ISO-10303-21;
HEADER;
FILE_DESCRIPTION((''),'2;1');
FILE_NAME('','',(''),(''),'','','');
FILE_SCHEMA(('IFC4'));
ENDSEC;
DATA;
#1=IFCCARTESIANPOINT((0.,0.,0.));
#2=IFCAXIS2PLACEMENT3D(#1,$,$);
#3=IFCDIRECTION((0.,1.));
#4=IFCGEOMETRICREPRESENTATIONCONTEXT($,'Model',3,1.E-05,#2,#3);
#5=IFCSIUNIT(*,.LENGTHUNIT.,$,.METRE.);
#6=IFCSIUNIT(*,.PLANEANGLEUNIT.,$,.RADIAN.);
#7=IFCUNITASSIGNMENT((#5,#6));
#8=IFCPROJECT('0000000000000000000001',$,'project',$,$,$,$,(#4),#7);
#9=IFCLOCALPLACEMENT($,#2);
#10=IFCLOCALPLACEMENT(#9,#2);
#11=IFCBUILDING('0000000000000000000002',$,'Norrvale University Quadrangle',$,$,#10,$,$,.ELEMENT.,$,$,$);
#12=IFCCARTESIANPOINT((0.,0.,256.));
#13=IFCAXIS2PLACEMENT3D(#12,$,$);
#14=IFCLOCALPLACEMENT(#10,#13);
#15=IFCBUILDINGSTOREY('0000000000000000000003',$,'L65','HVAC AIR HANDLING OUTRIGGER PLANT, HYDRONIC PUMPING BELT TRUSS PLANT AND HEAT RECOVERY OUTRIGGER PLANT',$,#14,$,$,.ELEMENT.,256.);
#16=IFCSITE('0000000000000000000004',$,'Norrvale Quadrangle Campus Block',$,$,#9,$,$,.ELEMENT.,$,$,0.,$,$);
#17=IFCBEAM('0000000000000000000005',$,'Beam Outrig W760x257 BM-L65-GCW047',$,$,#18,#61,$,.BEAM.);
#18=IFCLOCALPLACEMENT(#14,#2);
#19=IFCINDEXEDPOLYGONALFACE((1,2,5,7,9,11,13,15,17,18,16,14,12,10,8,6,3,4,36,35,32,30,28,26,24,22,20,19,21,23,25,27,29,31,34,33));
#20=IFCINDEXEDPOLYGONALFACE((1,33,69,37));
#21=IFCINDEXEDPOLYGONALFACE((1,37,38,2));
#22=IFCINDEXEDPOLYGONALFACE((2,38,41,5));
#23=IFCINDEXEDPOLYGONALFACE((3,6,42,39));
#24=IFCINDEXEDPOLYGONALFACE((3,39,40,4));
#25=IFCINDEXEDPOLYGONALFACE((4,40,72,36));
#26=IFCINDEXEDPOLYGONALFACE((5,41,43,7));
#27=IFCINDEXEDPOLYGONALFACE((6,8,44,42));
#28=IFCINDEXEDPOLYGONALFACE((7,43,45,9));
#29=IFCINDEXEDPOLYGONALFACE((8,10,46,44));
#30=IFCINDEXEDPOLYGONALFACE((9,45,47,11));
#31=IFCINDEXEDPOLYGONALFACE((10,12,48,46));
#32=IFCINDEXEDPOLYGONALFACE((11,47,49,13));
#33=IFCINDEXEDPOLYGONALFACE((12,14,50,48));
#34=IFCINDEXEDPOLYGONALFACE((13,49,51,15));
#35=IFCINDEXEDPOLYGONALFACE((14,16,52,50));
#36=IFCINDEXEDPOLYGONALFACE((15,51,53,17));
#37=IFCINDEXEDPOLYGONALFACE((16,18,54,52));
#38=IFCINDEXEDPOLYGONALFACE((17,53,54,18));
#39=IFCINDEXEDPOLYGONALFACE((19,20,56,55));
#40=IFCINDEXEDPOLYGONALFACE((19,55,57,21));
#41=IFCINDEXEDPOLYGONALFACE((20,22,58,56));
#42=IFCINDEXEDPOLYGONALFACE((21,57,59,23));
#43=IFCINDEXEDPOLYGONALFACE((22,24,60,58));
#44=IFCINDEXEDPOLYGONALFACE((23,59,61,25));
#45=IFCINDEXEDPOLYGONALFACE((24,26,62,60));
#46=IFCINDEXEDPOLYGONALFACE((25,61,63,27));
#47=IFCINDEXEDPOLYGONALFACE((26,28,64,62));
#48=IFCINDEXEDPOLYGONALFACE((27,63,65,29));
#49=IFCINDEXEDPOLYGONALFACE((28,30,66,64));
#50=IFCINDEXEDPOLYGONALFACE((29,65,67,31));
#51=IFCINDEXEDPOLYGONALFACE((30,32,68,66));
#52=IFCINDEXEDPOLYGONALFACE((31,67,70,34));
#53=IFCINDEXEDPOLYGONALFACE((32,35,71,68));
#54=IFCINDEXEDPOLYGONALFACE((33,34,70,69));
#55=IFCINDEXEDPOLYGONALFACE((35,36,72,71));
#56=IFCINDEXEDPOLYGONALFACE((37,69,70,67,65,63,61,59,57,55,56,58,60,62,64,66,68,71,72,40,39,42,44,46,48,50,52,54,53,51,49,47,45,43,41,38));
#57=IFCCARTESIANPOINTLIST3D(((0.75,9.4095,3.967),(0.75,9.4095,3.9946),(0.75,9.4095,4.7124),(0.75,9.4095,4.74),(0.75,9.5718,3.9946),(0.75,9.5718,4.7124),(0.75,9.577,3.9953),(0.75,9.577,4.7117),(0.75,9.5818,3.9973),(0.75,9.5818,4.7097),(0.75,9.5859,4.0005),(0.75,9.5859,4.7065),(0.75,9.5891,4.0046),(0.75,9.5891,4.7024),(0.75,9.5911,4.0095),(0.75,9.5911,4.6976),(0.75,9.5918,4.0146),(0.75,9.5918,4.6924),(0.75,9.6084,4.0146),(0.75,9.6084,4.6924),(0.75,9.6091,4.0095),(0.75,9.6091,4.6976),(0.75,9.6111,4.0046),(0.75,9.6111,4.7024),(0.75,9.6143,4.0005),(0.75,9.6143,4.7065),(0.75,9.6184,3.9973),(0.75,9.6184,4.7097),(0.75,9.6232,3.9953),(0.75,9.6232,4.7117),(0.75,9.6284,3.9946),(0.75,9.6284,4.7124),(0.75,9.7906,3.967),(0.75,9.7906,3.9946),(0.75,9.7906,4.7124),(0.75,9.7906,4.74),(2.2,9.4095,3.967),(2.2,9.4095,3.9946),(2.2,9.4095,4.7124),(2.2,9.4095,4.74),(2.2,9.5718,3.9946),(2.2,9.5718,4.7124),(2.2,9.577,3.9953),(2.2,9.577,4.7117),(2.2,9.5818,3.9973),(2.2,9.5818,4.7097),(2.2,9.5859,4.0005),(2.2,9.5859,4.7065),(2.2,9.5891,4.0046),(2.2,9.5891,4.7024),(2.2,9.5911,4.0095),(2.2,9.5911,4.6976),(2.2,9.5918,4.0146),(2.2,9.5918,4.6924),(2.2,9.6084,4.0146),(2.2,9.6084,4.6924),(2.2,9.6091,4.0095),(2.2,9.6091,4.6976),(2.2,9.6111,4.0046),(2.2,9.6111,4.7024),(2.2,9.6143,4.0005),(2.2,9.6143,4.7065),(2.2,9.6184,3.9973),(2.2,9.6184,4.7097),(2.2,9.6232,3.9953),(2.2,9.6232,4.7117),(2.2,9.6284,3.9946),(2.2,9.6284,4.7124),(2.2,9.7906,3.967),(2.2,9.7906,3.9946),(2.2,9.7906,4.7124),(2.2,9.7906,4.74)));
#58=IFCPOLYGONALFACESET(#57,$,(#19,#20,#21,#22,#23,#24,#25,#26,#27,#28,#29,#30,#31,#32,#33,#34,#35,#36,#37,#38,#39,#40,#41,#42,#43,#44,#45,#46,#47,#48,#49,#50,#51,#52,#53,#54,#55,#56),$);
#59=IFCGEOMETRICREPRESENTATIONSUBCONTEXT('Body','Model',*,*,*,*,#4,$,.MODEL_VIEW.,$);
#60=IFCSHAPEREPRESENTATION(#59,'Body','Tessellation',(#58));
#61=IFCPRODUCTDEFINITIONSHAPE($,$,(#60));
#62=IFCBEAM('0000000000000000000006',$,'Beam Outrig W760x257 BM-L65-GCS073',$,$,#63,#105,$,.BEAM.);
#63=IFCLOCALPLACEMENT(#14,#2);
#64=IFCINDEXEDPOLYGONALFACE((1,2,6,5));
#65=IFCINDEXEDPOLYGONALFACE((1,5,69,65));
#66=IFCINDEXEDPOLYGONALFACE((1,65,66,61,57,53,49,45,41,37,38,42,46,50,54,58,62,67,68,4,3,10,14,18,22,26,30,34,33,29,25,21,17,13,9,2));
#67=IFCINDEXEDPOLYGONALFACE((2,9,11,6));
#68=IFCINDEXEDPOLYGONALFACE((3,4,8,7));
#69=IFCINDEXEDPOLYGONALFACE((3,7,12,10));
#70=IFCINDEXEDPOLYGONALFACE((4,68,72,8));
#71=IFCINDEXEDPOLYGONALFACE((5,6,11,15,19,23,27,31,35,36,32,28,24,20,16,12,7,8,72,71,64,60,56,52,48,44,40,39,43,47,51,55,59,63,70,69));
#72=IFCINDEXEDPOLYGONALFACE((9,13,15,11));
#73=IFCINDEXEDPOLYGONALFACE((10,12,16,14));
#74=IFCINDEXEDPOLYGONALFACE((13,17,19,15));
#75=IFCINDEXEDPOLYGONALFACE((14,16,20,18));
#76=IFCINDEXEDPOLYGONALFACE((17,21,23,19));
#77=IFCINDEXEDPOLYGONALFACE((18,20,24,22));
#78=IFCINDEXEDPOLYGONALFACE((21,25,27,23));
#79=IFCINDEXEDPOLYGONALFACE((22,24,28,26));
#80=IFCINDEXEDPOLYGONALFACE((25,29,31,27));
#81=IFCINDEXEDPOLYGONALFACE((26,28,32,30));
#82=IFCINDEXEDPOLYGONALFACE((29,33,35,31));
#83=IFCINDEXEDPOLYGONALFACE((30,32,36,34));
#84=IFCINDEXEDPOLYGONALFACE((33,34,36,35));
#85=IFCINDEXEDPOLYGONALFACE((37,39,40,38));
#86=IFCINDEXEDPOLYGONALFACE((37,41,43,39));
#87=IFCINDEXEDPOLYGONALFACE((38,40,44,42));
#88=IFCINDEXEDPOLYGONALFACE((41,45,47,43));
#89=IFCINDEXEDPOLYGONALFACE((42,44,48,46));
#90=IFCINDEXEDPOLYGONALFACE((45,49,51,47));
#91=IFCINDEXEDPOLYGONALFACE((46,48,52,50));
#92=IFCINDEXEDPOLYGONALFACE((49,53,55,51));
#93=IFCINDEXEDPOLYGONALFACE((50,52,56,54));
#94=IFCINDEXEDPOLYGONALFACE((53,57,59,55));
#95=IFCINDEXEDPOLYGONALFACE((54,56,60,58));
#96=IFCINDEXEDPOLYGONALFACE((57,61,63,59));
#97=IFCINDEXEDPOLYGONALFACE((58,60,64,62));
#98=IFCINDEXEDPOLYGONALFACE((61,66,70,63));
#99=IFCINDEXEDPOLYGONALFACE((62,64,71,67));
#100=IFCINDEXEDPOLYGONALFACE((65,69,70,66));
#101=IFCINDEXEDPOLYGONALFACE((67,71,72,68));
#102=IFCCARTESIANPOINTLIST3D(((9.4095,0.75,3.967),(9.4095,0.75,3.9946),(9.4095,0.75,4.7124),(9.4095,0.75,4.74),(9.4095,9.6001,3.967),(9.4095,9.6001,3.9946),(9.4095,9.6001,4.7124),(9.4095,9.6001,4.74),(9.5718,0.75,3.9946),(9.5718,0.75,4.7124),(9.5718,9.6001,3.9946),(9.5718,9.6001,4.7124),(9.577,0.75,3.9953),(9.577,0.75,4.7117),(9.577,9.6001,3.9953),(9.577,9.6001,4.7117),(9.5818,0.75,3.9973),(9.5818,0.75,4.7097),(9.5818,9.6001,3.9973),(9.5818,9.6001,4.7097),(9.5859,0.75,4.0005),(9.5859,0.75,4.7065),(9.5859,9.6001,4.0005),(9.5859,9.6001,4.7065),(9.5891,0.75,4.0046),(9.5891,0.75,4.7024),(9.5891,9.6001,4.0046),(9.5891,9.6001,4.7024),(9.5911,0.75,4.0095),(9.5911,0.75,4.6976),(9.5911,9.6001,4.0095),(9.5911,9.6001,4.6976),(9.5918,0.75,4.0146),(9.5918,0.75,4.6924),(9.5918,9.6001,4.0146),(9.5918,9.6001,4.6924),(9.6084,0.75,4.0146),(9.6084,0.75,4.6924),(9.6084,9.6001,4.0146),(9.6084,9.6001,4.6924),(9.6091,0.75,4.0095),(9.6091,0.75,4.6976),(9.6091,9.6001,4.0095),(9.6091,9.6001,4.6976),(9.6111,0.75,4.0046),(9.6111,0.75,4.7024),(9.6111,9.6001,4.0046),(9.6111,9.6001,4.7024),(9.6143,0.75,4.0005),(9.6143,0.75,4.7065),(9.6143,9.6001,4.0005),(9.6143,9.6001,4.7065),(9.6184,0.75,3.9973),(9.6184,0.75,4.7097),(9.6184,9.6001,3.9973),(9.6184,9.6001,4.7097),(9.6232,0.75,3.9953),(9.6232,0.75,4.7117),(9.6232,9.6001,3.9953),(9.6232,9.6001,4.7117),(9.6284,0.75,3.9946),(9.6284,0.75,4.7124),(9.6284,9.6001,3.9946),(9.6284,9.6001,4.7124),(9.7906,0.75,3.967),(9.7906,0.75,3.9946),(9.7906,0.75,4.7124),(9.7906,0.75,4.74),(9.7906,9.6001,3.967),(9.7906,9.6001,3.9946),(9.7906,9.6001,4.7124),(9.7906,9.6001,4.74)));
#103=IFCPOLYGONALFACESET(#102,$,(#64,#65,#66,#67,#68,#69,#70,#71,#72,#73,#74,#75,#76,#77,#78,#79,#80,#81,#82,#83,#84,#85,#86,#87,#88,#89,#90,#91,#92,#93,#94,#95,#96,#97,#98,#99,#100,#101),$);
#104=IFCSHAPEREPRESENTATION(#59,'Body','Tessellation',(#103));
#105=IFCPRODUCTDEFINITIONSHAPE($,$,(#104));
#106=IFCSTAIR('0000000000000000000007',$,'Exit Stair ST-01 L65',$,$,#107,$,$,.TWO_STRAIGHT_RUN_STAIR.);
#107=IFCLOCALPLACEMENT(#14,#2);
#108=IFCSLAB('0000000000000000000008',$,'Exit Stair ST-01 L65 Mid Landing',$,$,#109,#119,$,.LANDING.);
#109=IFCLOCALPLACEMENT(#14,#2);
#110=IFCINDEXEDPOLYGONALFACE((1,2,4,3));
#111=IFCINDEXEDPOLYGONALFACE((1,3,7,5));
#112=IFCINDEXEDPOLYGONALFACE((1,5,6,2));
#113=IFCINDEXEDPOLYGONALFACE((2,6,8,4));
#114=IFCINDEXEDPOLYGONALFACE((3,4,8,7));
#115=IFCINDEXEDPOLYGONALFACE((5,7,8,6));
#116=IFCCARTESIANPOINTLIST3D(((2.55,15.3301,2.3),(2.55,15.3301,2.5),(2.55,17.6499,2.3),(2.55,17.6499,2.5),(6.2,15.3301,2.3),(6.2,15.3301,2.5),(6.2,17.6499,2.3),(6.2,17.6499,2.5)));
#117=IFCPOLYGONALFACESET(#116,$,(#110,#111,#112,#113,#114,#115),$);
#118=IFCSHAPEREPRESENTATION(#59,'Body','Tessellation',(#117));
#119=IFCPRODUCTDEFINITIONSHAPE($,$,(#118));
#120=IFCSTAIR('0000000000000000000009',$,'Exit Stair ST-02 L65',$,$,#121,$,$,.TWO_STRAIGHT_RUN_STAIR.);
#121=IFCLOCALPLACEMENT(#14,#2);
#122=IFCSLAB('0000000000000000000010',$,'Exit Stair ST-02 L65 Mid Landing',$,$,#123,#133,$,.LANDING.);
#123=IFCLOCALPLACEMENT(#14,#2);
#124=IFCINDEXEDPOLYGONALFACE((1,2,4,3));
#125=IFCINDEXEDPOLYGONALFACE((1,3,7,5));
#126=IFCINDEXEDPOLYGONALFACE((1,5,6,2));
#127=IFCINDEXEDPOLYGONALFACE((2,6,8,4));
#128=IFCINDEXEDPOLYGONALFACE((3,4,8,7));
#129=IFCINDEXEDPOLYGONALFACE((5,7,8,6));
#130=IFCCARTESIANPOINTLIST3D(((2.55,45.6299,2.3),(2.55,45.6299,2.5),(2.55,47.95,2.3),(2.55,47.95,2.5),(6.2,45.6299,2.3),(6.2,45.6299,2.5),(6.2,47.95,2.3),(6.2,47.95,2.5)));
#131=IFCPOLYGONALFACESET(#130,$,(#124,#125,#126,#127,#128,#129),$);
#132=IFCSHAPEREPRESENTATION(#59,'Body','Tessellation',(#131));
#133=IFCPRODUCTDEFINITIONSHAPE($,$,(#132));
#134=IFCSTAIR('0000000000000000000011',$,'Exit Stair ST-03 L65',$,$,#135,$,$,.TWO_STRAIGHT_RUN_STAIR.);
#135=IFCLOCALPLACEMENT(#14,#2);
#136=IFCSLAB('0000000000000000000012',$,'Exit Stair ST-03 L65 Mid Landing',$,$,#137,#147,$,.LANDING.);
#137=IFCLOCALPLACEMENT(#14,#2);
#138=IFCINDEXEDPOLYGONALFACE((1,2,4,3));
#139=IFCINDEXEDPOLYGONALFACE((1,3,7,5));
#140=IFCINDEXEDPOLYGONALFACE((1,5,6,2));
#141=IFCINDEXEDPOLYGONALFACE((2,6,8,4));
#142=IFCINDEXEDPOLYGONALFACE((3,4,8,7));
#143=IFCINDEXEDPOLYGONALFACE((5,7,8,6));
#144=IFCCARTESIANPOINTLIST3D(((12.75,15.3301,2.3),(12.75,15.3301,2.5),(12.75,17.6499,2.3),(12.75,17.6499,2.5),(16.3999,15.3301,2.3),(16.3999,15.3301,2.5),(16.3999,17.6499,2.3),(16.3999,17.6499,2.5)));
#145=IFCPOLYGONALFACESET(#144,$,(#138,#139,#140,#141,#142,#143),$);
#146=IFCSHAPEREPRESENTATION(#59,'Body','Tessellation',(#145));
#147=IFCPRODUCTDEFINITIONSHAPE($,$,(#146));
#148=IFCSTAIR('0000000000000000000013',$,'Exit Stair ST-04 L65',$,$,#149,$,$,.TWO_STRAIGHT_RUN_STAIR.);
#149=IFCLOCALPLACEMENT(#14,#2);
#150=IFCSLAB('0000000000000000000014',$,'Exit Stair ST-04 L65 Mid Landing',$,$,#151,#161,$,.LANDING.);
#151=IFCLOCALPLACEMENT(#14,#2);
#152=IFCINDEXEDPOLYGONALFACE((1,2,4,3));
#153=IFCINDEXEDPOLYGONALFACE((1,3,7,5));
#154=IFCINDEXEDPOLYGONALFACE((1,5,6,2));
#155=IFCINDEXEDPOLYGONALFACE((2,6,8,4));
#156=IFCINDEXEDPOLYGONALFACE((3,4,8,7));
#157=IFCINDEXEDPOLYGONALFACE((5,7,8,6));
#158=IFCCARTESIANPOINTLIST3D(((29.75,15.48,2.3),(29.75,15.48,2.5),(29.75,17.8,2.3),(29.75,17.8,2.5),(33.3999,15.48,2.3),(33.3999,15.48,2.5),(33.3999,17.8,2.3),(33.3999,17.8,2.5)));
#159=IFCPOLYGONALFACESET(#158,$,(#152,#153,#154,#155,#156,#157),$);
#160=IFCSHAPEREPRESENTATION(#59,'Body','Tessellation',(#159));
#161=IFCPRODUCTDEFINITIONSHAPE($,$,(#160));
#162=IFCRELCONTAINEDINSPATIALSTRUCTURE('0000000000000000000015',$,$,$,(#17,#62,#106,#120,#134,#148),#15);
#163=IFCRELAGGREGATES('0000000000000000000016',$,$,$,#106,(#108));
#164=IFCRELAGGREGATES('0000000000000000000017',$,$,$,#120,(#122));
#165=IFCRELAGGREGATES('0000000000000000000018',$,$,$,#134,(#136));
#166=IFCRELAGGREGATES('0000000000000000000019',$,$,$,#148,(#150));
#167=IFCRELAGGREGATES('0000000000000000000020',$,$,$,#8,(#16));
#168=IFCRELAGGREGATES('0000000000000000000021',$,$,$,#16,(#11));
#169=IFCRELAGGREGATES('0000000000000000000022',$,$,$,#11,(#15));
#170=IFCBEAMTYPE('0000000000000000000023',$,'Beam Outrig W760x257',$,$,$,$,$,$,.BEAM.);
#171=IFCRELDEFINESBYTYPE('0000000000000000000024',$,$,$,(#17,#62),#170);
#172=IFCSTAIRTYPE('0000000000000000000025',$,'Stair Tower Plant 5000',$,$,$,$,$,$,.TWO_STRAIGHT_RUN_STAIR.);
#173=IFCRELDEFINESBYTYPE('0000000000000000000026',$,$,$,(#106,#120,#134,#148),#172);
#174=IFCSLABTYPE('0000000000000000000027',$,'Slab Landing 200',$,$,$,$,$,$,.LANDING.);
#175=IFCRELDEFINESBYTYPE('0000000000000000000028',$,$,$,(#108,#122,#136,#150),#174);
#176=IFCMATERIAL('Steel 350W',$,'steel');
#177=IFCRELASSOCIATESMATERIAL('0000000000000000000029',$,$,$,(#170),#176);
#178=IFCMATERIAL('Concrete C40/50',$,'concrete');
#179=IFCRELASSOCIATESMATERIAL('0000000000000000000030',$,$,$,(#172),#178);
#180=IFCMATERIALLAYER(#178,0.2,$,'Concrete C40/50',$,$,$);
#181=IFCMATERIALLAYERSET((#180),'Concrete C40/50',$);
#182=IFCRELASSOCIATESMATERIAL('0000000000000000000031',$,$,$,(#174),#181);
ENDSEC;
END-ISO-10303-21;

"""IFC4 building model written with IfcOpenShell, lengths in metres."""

from ifc_helpers import new_model, si_unit, direction, frame, origin, origin_2d, place, context, subcontext, project, spatial, polyline, i_section, outline, extrude, material, layer, layer_set, material_profile, profile_set, type_object, element, aggregate, save


model = new_model("IFC4")

# Units and contexts
model_context = context("Model", 3, precision=1e-05, world=origin(), true_north=direction((0.0, 1.0)))
body_context = subcontext(model_context, "Body", "Model", "MODEL_VIEW")
ifc_project = project(units=[si_unit("LENGTHUNIT", "METRE"), si_unit("PLANEANGLEUNIT", "RADIAN")], contexts=[model_context])

# Site, building, storey
site_placement = place(None, origin())
site = spatial("IfcSite", under=ifc_project, at=site_placement, Name="Norrvale Quadrangle Campus Block", CompositionType="ELEMENT", RefElevation=0.0)
building_placement = place(site_placement, origin())
building = spatial("IfcBuilding", under=site, at=building_placement, Name="Norrvale University Quadrangle", CompositionType="ELEMENT")
storey_placement = place(building_placement, frame((0.0, 0.0, 256.0)))
storey = spatial("IfcBuildingStorey", under=building, at=storey_placement, Name="L65", Description="HVAC AIR HANDLING OUTRIGGER PLANT, HYDRONIC PUMPING BELT TRUSS PLANT AND HEAT RECOVERY OUTRIGGER PLANT", CompositionType="ELEMENT", Elevation=256.0)

# Beams
ifc_material_1 = material(Name="Steel 350W", Category="steel")
ifc_material_profile_1 = material_profile(ifc_material_1, i_section(OverallWidth=0.3811, OverallDepth=0.7729, WebThickness=0.0166, FlangeThickness=0.0276, FilletRadius=0.02, at=origin_2d()), Name="Steel 350W")
ifc_profile_set_1 = profile_set([ifc_material_profile_1], Name="Steel 350W")
beam_type_1 = type_object("IfcBeamType", Name="Beam Outrig W760x257", PredefinedType="BEAM", material=ifc_profile_set_1)
beam_1_placement = place(storey_placement, frame((0.75, 9.6001, 4.3535), z_axis=(1.0, 0.0, 0.0), x_axis=(0.0, 1.0, 0.0)))
element("IfcBeam", 1, at=beam_1_placement, inside=storey, type_object=beam_type_1, Name="Beam Outrig W760x257 BM-L65-GCW047", PredefinedType="BEAM", context=body_context, shape_type="SweptSolid", body=[
    extrude(i_section(OverallWidth=0.3811, OverallDepth=0.7729, WebThickness=0.0166, FlangeThickness=0.0276, FilletRadius=0.02, at=origin_2d()), origin(), (0.0, 0.0, 1.0), 1.45),
])
beam_2_placement = place(storey_placement, frame((9.6001, 0.75, 4.3535), z_axis=(0.0, 1.0, 0.0), x_axis=(-1.0, 0.0, 0.0)))
element("IfcBeam", 2, at=beam_2_placement, inside=storey, type_object=beam_type_1, Name="Beam Outrig W760x257 BM-L65-GCS073", PredefinedType="BEAM", context=body_context, shape_type="SweptSolid", body=[
    extrude(i_section(OverallWidth=0.3811, OverallDepth=0.7729, WebThickness=0.0166, FlangeThickness=0.0276, FilletRadius=0.02, at=origin_2d()), origin(), (0.0, 0.0, 1.0), 8.8501),
])

# Stairs, slabs
ifc_material_2 = material(Name="Concrete C40/50", Category="concrete")
stair_type = type_object("IfcStairType", Name="Stair Tower Plant 5000", PredefinedType="TWO_STRAIGHT_RUN_STAIR", material=ifc_material_2)
stair_1_placement = place(storey_placement, origin())
stair_1 = element("IfcStair", 3, at=stair_1_placement, inside=storey, type_object=stair_type, Name="Exit Stair ST-01 L65", PredefinedType="TWO_STRAIGHT_RUN_STAIR")
ifc_layer_1 = layer(ifc_material_2, 0.2, Name="Concrete C40/50")
ifc_layer_set_1 = layer_set([ifc_layer_1], Name="Concrete C40/50")
slab_type_1 = type_object("IfcSlabType", Name="Slab Landing 200", PredefinedType="LANDING", material=ifc_layer_set_1)
slab_1_placement = place(storey_placement, frame((0.0, 0.0, 2.3)))
slab_1 = element("IfcSlab", 4, at=slab_1_placement, type_object=slab_type_1, Name="Exit Stair ST-01 L65 Mid Landing", PredefinedType="LANDING", context=body_context, shape_type="SweptSolid", body=[
    extrude(outline(polyline([(2.55, 15.3301), (6.2, 15.3301), (6.2, 17.6499), (2.55, 17.6499), (2.55, 15.3301)])), origin(), (0.0, 0.0, 1.0), 0.2),
])
aggregate(stair_1, [slab_1])
stair_2_placement = place(storey_placement, origin())
stair_2 = element("IfcStair", 5, at=stair_2_placement, inside=storey, type_object=stair_type, Name="Exit Stair ST-02 L65", PredefinedType="TWO_STRAIGHT_RUN_STAIR")
slab_2_placement = place(storey_placement, frame((0.0, 0.0, 2.3)))
slab_2 = element("IfcSlab", 6, at=slab_2_placement, type_object=slab_type_1, Name="Exit Stair ST-02 L65 Mid Landing", PredefinedType="LANDING", context=body_context, shape_type="SweptSolid", body=[
    extrude(outline(polyline([(2.55, 45.6299), (6.2, 45.6299), (6.2, 47.95), (2.55, 47.95), (2.55, 45.6299)])), origin(), (0.0, 0.0, 1.0), 0.2),
])
aggregate(stair_2, [slab_2])
stair_3_placement = place(storey_placement, origin())
stair_3 = element("IfcStair", 7, at=stair_3_placement, inside=storey, type_object=stair_type, Name="Exit Stair ST-03 L65", PredefinedType="TWO_STRAIGHT_RUN_STAIR")
slab_3_placement = place(storey_placement, frame((0.0, 0.0, 2.3)))
slab_3 = element("IfcSlab", 8, at=slab_3_placement, type_object=slab_type_1, Name="Exit Stair ST-03 L65 Mid Landing", PredefinedType="LANDING", context=body_context, shape_type="SweptSolid", body=[
    extrude(outline(polyline([(12.75, 15.3301), (16.3999, 15.3301), (16.3999, 17.6499), (12.75, 17.6499), (12.75, 15.3301)])), origin(), (0.0, 0.0, 1.0), 0.2),
])
aggregate(stair_3, [slab_3])
stair_4_placement = place(storey_placement, origin())
stair_4 = element("IfcStair", 9, at=stair_4_placement, inside=storey, type_object=stair_type, Name="Exit Stair ST-04 L65", PredefinedType="TWO_STRAIGHT_RUN_STAIR")
slab_4_placement = place(storey_placement, frame((0.0, 0.0, 2.3)))
slab_4 = element("IfcSlab", 10, at=slab_4_placement, type_object=slab_type_1, Name="Exit Stair ST-04 L65 Mid Landing", PredefinedType="LANDING", context=body_context, shape_type="SweptSolid", body=[
    extrude(outline(polyline([(29.75, 15.48), (33.3999, 15.48), (33.3999, 17.8), (29.75, 17.8), (29.75, 15.48)])), origin(), (0.0, 0.0, 1.0), 0.2),
])
aggregate(stair_4, [slab_4])

save(model, "model.ifc")
